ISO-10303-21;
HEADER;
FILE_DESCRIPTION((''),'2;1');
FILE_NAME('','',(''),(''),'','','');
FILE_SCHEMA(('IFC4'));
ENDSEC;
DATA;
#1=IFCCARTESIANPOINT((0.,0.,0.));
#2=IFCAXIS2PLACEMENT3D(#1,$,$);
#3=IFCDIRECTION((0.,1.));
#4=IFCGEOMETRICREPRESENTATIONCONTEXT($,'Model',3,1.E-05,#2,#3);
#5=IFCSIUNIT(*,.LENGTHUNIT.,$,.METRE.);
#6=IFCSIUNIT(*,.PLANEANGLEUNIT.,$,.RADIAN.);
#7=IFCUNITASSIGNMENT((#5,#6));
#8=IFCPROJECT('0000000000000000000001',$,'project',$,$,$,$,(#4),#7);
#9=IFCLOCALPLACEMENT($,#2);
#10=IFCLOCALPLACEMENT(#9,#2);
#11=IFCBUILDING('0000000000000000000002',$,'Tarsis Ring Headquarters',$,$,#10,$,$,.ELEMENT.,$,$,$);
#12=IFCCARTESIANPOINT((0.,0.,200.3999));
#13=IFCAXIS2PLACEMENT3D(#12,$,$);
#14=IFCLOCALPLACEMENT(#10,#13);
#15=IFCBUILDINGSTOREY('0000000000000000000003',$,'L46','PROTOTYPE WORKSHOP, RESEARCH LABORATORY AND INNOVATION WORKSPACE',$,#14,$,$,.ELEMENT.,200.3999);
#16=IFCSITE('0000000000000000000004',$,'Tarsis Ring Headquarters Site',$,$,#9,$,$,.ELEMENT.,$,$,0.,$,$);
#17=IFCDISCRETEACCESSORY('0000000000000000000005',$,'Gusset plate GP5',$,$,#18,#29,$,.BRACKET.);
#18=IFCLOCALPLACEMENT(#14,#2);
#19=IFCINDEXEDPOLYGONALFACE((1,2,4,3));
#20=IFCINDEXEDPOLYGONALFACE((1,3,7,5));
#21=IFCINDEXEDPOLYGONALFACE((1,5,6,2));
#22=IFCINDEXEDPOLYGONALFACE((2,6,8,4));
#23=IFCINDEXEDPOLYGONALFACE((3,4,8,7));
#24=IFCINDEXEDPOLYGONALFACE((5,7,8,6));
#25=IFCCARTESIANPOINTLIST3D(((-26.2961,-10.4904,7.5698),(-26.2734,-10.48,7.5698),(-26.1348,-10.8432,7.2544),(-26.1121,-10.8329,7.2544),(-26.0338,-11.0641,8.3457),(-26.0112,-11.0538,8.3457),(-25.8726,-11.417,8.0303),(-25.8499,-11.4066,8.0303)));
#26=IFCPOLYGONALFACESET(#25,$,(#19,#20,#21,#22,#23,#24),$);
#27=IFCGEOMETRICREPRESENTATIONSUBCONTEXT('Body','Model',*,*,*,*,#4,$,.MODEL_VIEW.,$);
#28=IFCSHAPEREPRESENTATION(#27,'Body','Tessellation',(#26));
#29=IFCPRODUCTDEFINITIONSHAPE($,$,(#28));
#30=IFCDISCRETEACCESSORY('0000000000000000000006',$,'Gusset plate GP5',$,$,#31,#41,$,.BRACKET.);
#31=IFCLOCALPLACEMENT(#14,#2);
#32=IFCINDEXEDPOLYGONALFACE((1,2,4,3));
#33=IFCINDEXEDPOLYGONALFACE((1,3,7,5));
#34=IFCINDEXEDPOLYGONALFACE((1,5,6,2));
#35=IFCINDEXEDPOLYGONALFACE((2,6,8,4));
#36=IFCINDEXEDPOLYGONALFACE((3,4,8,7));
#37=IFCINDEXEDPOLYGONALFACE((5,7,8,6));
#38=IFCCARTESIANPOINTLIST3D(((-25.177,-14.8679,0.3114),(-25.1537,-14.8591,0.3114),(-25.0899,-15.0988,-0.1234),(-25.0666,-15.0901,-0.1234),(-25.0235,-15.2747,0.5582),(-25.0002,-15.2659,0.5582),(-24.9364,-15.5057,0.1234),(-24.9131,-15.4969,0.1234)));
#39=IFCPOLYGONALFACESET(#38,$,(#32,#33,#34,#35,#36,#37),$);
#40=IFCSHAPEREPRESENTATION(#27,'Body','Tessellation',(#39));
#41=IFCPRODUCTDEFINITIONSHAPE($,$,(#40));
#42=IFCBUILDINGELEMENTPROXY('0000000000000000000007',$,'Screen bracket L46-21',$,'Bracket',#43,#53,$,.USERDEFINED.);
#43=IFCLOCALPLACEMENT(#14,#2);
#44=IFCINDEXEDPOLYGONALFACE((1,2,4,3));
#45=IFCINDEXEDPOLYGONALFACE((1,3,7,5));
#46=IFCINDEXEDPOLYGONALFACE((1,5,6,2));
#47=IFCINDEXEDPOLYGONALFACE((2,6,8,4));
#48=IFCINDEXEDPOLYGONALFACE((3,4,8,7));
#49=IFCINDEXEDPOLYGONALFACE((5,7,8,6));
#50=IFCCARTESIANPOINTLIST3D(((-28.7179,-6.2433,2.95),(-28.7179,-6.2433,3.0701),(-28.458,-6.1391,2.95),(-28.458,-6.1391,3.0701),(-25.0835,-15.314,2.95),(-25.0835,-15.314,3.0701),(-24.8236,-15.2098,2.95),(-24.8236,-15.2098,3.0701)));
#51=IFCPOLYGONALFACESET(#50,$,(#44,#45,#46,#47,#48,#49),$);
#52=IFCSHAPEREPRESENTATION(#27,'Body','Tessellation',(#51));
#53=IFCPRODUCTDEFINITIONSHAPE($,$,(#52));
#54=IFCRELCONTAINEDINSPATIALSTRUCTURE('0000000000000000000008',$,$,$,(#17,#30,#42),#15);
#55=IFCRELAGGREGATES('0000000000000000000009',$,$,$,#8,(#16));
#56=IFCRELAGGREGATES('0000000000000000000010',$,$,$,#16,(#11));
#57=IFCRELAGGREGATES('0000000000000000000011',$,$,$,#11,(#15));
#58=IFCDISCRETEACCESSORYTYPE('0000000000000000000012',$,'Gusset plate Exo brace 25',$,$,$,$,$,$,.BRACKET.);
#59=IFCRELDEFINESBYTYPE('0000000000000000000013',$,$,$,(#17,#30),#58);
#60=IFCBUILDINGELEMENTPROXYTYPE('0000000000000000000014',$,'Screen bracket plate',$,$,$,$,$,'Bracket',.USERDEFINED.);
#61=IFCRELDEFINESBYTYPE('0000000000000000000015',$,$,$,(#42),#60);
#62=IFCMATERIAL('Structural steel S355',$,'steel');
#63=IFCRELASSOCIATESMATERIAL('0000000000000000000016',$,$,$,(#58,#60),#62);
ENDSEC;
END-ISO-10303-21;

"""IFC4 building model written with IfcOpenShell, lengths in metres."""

from ifc_helpers import new_model, si_unit, direction, frame, origin, origin_2d, place, context, subcontext, project, spatial, rectangle, extrude, material, material_profile, profile_set, type_object, element, save


model = new_model("IFC4")

# Units and contexts
model_context = context("Model", 3, precision=1e-05, world=origin(), true_north=direction((0.0, 1.0)))
body_context = subcontext(model_context, "Body", "Model", "MODEL_VIEW")
ifc_project = project(units=[si_unit("LENGTHUNIT", "METRE"), si_unit("PLANEANGLEUNIT", "RADIAN")], contexts=[model_context])

# Site, building, storey
site_placement = place(None, origin())
site = spatial("IfcSite", under=ifc_project, at=site_placement, Name="Tarsis Ring Headquarters Site", CompositionType="ELEMENT", RefElevation=0.0)
building_placement = place(site_placement, origin())
building = spatial("IfcBuilding", under=site, at=building_placement, Name="Tarsis Ring Headquarters", CompositionType="ELEMENT")
storey_placement = place(building_placement, frame((0.0, 0.0, 200.3999)))
storey = spatial("IfcBuildingStorey", under=building, at=storey_placement, Name="L46", Description="PROTOTYPE WORKSHOP, RESEARCH LABORATORY AND INNOVATION WORKSPACE", CompositionType="ELEMENT", Elevation=200.3999)

# Shared definitions
ifc_material_1 = material(Name="Structural steel S355", Category="steel")

# Discrete accessories
ifc_material_profile_1 = material_profile(ifc_material_1, rectangle(XDim=0.0249, YDim=0.5, at=origin_2d()), Name="PL 25x500")
ifc_profile_set_1 = profile_set([ifc_material_profile_1], Name="Structural steel S355")
discrete_accessory_type = type_object("IfcDiscreteAccessoryType", Name="Gusset plate Exo brace 25", PredefinedType="BRACKET", material=ifc_profile_set_1)
discrete_accessory_1_placement = place(storey_placement, frame((-26.2041, -10.6616, 7.4121), z_axis=(0.262219, -0.573757, 0.775915), x_axis=(0.909516, 0.415668, 0.0)))
element("IfcDiscreteAccessory", 1, at=discrete_accessory_1_placement, inside=storey, type_object=discrete_accessory_type, Name="Gusset plate GP5", PredefinedType="BRACKET", context=body_context, shape_type="SweptSolid", body=[
    extrude(rectangle(XDim=0.0249, YDim=0.5, at=origin_2d()), origin(), (0.0, 0.0, 1.0), 1.0),
])
discrete_accessory_2_placement = place(storey_placement, frame((-25.0015, -15.2979, 0.0), z_axis=(-0.174316, 0.461913, 0.869627), x_axis=(-0.935596, -0.353074, 0.0)))
element("IfcDiscreteAccessory", 2, at=discrete_accessory_2_placement, inside=storey, type_object=discrete_accessory_type, Name="Gusset plate GP5", PredefinedType="BRACKET", context=body_context, shape_type="SweptSolid", body=[
    extrude(rectangle(XDim=0.0249, YDim=0.5, at=origin_2d()), origin(), (0.0, 0.0, 1.0), 0.5),
])

# Building element proxy
building_element_proxy_type = type_object("IfcBuildingElementProxyType", Name="Screen bracket plate", ElementType="Bracket", PredefinedType="USERDEFINED", material=ifc_material_1)
proxy_placement = place(storey_placement, frame((-26.7708, -10.7266, 2.95), z_axis=(0.0, 0.0, 1.0), x_axis=(0.371935, -0.928259, 0.0)))
element("IfcBuildingElementProxy", 3, at=proxy_placement, inside=storey, type_object=building_element_proxy_type, Name="Screen bracket L46-21", ObjectType="Bracket", PredefinedType="USERDEFINED", context=body_context, shape_type="SweptSolid", body=[
    extrude(rectangle(XDim=9.7717, YDim=0.28, at=origin_2d()), origin(), (0.0, 0.0, 1.0), 0.1201),
])

save(model, "model.ifc")
